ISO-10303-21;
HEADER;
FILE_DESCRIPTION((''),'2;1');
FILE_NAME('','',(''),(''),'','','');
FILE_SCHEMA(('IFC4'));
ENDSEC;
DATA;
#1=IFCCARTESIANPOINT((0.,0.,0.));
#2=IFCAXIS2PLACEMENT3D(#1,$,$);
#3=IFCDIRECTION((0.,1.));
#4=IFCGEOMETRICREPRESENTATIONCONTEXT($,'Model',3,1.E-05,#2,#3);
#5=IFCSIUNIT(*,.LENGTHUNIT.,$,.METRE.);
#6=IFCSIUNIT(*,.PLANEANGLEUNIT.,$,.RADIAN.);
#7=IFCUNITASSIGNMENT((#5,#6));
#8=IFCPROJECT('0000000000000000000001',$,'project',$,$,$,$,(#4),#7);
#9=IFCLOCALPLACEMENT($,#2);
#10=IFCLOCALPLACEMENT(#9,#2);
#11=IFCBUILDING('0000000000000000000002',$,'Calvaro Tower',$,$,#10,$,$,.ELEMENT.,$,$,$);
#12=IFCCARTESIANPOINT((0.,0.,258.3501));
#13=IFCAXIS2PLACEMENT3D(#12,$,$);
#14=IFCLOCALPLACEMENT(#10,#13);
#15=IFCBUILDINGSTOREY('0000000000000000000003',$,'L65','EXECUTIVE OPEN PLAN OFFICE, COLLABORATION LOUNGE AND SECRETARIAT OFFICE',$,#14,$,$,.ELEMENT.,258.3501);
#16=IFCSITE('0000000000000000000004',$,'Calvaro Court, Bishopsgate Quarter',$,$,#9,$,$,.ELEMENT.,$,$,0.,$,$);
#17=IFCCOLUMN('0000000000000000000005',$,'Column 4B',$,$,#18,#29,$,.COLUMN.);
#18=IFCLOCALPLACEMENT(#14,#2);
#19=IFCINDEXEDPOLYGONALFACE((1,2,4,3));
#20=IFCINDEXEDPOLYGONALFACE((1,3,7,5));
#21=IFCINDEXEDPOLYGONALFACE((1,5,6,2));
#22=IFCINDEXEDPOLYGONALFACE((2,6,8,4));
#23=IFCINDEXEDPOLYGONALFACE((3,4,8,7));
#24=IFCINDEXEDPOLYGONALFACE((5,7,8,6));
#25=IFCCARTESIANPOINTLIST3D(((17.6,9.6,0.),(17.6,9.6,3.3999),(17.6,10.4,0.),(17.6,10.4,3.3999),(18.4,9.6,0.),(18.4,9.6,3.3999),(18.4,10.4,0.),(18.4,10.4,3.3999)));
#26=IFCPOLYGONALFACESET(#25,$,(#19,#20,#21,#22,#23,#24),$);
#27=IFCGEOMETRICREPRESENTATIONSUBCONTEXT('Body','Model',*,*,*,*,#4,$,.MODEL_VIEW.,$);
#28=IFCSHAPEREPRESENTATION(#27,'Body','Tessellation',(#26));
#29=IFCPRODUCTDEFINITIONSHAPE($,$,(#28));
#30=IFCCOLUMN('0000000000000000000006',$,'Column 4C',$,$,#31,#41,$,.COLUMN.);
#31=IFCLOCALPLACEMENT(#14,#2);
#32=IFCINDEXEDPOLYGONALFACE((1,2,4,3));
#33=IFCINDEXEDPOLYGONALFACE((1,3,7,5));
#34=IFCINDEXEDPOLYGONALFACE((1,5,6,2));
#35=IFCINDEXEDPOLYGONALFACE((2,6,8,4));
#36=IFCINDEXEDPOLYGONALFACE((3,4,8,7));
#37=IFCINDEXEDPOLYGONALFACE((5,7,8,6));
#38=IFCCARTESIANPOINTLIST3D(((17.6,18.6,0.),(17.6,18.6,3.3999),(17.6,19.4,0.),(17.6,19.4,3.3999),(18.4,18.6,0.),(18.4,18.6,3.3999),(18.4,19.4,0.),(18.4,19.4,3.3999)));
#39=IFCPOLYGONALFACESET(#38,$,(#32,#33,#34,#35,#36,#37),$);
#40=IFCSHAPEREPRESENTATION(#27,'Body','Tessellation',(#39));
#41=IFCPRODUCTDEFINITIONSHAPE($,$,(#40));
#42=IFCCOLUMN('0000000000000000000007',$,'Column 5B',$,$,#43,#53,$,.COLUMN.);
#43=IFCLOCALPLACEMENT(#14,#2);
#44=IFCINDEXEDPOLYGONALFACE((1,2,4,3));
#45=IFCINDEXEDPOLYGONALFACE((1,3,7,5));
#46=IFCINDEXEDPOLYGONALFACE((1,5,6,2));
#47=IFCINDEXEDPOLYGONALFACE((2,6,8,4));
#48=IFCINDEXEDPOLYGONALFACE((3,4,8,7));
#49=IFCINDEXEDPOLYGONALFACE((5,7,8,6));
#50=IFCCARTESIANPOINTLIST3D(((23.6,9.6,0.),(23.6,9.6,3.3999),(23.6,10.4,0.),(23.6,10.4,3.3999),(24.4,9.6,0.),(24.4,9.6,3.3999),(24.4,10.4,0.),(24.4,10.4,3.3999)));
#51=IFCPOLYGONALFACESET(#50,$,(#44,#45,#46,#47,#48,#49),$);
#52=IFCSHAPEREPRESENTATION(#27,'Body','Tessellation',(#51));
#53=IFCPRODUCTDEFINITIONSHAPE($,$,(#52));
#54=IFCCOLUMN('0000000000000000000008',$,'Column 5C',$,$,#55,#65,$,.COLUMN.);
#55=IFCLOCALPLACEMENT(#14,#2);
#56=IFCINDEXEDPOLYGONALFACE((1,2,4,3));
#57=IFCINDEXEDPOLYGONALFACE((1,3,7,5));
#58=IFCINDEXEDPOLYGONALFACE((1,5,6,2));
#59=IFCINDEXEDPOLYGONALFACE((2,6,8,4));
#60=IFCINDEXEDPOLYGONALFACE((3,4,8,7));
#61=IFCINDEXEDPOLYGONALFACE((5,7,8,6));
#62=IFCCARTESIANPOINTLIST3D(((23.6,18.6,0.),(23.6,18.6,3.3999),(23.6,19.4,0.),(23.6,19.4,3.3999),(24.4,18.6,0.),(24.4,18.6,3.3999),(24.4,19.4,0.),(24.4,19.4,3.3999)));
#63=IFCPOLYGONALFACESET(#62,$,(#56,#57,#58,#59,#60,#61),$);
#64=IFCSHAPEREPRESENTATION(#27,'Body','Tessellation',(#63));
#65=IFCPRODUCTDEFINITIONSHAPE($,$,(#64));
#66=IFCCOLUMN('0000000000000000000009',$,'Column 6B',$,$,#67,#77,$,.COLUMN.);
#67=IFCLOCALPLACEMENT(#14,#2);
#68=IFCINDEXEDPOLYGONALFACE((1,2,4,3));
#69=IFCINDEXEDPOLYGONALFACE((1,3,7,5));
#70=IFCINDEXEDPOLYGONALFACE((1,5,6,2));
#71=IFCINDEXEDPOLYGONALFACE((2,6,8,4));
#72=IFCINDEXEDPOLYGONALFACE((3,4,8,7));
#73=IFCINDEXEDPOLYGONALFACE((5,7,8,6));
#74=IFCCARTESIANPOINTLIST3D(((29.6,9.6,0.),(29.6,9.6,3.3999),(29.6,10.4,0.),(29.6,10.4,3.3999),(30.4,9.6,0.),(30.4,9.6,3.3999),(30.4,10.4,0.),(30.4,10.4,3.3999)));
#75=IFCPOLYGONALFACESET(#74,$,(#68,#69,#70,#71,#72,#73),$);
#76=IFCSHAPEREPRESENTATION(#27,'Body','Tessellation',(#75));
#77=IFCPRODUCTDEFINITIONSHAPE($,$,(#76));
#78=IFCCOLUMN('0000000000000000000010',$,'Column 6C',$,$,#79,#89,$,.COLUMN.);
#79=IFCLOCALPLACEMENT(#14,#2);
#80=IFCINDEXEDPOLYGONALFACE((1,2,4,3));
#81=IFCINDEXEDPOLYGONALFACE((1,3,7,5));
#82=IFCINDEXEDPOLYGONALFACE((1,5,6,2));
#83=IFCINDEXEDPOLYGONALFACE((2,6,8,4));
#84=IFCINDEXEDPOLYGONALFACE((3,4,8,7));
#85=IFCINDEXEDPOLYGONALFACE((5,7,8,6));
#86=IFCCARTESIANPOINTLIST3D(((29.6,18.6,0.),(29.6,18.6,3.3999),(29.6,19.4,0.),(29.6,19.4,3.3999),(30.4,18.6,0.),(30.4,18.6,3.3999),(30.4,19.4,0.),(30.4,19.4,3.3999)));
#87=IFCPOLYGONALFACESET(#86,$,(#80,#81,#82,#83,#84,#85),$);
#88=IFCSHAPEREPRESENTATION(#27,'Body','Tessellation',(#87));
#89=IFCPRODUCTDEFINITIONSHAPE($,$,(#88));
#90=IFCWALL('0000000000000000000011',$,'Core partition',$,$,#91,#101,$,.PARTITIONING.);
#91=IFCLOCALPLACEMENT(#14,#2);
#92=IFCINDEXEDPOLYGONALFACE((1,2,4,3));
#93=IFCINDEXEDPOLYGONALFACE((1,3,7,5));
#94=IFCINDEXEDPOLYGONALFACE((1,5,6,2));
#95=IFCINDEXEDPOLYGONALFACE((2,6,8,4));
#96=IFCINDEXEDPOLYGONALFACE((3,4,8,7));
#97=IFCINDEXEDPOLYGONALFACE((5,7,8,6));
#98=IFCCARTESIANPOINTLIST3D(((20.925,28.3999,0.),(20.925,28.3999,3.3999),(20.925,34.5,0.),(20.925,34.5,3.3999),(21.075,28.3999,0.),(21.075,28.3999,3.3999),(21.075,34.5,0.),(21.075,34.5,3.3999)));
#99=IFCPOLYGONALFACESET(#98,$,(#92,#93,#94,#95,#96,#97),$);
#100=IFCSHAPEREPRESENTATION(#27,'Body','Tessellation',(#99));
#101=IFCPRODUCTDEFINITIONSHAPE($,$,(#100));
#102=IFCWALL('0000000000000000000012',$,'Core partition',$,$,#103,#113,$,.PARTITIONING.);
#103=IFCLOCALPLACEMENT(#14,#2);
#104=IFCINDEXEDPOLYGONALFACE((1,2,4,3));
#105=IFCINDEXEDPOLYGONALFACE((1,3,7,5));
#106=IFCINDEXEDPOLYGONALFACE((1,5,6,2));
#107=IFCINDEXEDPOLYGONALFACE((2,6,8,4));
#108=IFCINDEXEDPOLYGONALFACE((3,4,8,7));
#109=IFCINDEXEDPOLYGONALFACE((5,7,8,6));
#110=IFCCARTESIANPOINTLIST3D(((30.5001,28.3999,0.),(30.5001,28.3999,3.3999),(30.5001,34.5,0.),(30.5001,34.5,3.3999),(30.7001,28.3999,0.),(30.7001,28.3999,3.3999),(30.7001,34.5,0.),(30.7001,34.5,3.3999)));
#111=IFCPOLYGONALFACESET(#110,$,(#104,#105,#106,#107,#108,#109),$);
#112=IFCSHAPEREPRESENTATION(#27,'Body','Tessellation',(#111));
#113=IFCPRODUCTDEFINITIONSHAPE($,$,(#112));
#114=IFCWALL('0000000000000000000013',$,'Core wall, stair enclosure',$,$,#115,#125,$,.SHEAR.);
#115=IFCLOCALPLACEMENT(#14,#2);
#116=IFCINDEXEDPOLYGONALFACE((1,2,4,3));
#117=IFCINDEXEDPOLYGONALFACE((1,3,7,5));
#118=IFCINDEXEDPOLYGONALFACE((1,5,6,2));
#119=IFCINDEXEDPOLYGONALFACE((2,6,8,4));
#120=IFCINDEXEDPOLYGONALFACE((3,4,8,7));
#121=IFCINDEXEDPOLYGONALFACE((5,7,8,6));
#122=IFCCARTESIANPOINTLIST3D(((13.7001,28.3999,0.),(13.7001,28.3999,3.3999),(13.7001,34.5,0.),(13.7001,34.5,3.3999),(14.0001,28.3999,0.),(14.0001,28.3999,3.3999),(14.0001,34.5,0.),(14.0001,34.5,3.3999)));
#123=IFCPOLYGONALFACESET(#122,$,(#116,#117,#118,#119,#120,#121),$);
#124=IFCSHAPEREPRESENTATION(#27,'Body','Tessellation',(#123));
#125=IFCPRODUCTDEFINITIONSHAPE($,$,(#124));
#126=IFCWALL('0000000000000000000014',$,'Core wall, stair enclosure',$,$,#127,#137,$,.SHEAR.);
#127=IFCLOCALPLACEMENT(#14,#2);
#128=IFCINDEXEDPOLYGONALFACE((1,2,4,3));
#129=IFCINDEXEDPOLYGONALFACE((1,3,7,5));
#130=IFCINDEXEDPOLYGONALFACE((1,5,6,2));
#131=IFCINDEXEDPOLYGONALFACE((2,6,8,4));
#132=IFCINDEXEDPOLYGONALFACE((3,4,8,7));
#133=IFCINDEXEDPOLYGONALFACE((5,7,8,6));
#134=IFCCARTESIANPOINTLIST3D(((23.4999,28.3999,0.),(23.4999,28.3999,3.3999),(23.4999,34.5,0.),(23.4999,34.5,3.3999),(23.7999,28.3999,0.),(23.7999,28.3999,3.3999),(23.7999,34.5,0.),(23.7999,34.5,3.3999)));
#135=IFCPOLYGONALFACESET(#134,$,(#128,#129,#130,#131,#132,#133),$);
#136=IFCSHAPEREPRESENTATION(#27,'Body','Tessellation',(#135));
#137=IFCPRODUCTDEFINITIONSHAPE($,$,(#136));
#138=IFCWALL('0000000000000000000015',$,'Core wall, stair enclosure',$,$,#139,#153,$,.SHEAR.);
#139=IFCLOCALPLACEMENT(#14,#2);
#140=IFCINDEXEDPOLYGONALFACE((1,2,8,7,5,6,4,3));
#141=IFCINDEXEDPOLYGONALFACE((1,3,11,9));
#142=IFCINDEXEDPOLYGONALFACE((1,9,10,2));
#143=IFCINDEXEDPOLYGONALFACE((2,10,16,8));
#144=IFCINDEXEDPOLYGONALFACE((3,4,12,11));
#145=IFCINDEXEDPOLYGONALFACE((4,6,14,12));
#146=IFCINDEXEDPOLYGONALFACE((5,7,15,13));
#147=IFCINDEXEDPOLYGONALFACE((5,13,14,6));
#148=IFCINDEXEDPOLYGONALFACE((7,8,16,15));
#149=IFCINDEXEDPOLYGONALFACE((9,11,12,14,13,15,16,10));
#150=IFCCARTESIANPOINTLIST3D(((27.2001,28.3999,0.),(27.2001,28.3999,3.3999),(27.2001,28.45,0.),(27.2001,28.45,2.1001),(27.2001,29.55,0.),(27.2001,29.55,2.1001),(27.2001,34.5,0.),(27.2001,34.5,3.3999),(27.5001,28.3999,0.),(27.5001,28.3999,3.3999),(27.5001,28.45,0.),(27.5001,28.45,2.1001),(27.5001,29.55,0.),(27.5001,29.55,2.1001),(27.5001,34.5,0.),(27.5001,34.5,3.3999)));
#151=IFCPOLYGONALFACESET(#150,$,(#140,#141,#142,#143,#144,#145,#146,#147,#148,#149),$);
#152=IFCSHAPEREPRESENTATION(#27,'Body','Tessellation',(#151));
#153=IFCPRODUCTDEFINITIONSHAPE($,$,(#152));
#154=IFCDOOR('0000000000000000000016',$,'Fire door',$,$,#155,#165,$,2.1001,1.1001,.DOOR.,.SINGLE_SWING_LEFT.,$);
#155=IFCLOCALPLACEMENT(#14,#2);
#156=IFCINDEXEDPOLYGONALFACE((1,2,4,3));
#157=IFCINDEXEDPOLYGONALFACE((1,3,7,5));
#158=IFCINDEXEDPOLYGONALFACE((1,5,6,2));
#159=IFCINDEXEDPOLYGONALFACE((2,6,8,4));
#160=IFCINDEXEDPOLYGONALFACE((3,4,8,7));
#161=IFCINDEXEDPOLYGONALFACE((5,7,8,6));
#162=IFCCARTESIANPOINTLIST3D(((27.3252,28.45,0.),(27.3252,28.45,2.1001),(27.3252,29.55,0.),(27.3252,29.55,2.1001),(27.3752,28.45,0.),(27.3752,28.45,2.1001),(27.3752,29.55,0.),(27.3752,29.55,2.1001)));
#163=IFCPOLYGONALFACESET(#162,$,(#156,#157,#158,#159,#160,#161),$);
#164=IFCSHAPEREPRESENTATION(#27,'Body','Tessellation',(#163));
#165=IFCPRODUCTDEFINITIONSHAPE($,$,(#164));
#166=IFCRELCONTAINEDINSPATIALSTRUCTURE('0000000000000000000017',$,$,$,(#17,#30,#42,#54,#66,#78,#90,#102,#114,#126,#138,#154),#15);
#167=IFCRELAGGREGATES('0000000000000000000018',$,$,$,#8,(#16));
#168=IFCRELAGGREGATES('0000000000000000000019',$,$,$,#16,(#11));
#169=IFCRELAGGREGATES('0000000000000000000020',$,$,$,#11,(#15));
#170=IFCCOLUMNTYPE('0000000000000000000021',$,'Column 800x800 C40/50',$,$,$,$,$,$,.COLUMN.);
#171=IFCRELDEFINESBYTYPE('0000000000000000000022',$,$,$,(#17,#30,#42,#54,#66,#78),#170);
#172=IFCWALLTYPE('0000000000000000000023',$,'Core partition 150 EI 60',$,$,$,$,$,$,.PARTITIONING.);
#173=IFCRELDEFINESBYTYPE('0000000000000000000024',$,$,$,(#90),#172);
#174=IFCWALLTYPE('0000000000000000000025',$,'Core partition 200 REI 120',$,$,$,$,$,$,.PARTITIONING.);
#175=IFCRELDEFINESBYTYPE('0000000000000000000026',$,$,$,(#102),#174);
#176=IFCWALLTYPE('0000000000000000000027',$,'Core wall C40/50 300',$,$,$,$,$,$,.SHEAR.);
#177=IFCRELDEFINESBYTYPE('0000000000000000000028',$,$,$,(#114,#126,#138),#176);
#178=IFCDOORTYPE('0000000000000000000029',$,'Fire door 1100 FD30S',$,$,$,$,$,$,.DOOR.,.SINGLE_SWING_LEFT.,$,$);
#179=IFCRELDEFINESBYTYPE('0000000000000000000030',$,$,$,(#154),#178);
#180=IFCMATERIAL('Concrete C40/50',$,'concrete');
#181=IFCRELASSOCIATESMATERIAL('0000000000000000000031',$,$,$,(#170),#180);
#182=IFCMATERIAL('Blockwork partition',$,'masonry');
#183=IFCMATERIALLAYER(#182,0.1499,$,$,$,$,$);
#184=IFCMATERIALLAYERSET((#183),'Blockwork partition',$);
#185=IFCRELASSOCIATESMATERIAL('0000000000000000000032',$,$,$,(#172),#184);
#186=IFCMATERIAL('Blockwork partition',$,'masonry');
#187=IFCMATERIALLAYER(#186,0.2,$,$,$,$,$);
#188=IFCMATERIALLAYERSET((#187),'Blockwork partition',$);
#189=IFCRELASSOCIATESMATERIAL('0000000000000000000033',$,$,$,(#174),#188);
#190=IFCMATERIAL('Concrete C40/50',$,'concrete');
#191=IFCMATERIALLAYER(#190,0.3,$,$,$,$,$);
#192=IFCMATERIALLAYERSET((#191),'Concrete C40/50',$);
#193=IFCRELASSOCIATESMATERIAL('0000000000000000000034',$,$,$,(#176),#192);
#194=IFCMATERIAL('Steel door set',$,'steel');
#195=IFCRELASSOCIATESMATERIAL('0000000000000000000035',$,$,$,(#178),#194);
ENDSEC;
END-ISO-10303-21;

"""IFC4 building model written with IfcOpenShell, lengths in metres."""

from ifc_helpers import new_model, si_unit, direction, frame, frame_2d, origin, origin_2d, place, context, subcontext, project, spatial, rectangle, extrude, material, layer, layer_set, material_profile, profile_set, type_object, element, fill, save


model = new_model("IFC4")

# Units and contexts
model_context = context("Model", 3, precision=1e-05, world=origin(), true_north=direction((0.0, 1.0)))
body_context = subcontext(model_context, "Body", "Model", "MODEL_VIEW")
ifc_project = project(units=[si_unit("LENGTHUNIT", "METRE"), si_unit("PLANEANGLEUNIT", "RADIAN")], contexts=[model_context])

# Site, building, storey
site_placement = place(None, origin())
site = spatial("IfcSite", under=ifc_project, at=site_placement, Name="Calvaro Court, Bishopsgate Quarter", CompositionType="ELEMENT", RefElevation=0.0)
building_placement = place(site_placement, origin())
building = spatial("IfcBuilding", under=site, at=building_placement, Name="Calvaro Tower", CompositionType="ELEMENT")
storey_placement = place(building_placement, frame((0.0, 0.0, 258.3501)))
storey = spatial("IfcBuildingStorey", under=building, at=storey_placement, Name="L65", Description="EXECUTIVE OPEN PLAN OFFICE, COLLABORATION LOUNGE AND SECRETARIAT OFFICE", CompositionType="ELEMENT", Elevation=258.3501)

# Columns
ifc_material_1 = material(Name="Concrete C40/50", Category="concrete")
ifc_material_profile = material_profile(ifc_material_1, rectangle(XDim=0.8, YDim=0.8, at=origin_2d()), Name="RC 800x800")
ifc_profile_set = profile_set([ifc_material_profile], Name="Concrete C40/50")
column_type = type_object("IfcColumnType", Name="Column 800x800 C40/50", PredefinedType="COLUMN", material=ifc_profile_set)
for number, where, z_axis, x_axis, name in (
    (1, (18.0, 10.0, 0.0), (0.0, 0.0, 1.0), (1.0, 0.0, 0.0), "Column 4B"),
    (2, (18.0, 19.0, 0.0), (0.0, 0.0, 1.0), (1.0, 0.0, 0.0), "Column 4C"),
    (3, (24.0, 10.0, 0.0), (0.0, 0.0, 1.0), (1.0, 0.0, 0.0), "Column 5B"),
    (4, (24.0, 19.0, 0.0), (0.0, 0.0, 1.0), (1.0, 0.0, 0.0), "Column 5C"),
    (5, (30.0, 10.0, 0.0), (0.0, 0.0, 1.0), (1.0, 0.0, 0.0), "Column 6B"),
    (6, (30.0, 19.0, 0.0), (0.0, 0.0, 1.0), (1.0, 0.0, 0.0), "Column 6C"),
):
    element("IfcColumn", number, at=place(storey_placement, frame(where, z_axis=z_axis, x_axis=x_axis)), inside=storey, type_object=column_type, Name=name, PredefinedType="COLUMN", context=body_context, shape_type="SweptSolid", body=[
        extrude(rectangle(XDim=0.8, YDim=0.8, at=origin_2d()), origin(), (0.0, 0.0, 1.0), 3.3999),
    ])

# Walls
ifc_material_2 = material(Name="Blockwork partition", Category="masonry")
ifc_layer_1 = layer(ifc_material_2, 0.1499)
ifc_layer_set_1 = layer_set([ifc_layer_1], Name="Blockwork partition")
wall_type_1 = type_object("IfcWallType", Name="Core partition 150 EI 60", PredefinedType="PARTITIONING", material=ifc_layer_set_1)
wall_1_placement = place(storey_placement, frame((21.0, 28.3999, 0.0), z_axis=(0.0, 0.0, 1.0), x_axis=(0.0, 1.0, 0.0)))
element("IfcWall", 7, at=wall_1_placement, inside=storey, type_object=wall_type_1, Name="Core partition", PredefinedType="PARTITIONING", context=body_context, shape_type="SweptSolid", body=[
    extrude(rectangle(XDim=6.1001, YDim=0.1499, at=frame_2d((3.05, 0.0))), origin(), (0.0, 0.0, 1.0), 3.3999),
])
ifc_material_3 = material(Name="Blockwork partition", Category="masonry")
ifc_layer_2 = layer(ifc_material_3, 0.2)
ifc_layer_set_2 = layer_set([ifc_layer_2], Name="Blockwork partition")
wall_type_2 = type_object("IfcWallType", Name="Core partition 200 REI 120", PredefinedType="PARTITIONING", material=ifc_layer_set_2)
wall_2_placement = place(storey_placement, frame((30.6001, 28.3999, 0.0), z_axis=(0.0, 0.0, 1.0), x_axis=(0.0, 1.0, 0.0)))
element("IfcWall", 8, at=wall_2_placement, inside=storey, type_object=wall_type_2, Name="Core partition", PredefinedType="PARTITIONING", context=body_context, shape_type="SweptSolid", body=[
    extrude(rectangle(XDim=6.1001, YDim=0.2, at=frame_2d((3.05, 0.0))), origin(), (0.0, 0.0, 1.0), 3.3999),
])
ifc_material_4 = material(Name="Concrete C40/50", Category="concrete")
ifc_layer_3 = layer(ifc_material_4, 0.3)
ifc_layer_set_3 = layer_set([ifc_layer_3], Name="Concrete C40/50")
wall_type_3 = type_object("IfcWallType", Name="Core wall C40/50 300", PredefinedType="SHEAR", material=ifc_layer_set_3)
for number, where, z_axis, x_axis, name in (
    (9, (13.8501, 28.3999, 0.0), (0.0, 0.0, 1.0), (0.0, 1.0, 0.0), "Core wall, stair enclosure"),
    (10, (23.6499, 28.3999, 0.0), (0.0, 0.0, 1.0), (0.0, 1.0, 0.0), "Core wall, stair enclosure"),
):
    element("IfcWall", number, at=place(storey_placement, frame(where, z_axis=z_axis, x_axis=x_axis)), inside=storey, type_object=wall_type_3, Name=name, PredefinedType="SHEAR", context=body_context, shape_type="SweptSolid", body=[
        extrude(rectangle(XDim=6.1001, YDim=0.3, at=frame_2d((3.05, 0.0))), origin(), (0.0, 0.0, 1.0), 3.3999),
    ])

# Wall, opening, door
wall_3_placement = place(storey_placement, frame((27.3501, 28.3999, 0.0), z_axis=(0.0, 0.0, 1.0), x_axis=(0.0, 1.0, 0.0)))
wall_3 = element("IfcWall", 11, at=wall_3_placement, inside=storey, type_object=wall_type_3, Name="Core wall, stair enclosure", PredefinedType="SHEAR", context=body_context, shape_type="SweptSolid", body=[
    extrude(rectangle(XDim=6.1001, YDim=0.3, at=frame_2d((3.05, 0.0))), origin(), (0.0, 0.0, 1.0), 3.3999),
])
opening_1_placement = place(wall_3_placement, frame((0.05, 0.0, 0.0)))
opening_1 = element("IfcOpeningElement", 12, at=opening_1_placement, cuts=wall_3, PredefinedType="OPENING", context=body_context, shape_type="SweptSolid", body=[
    extrude(rectangle(XDim=1.1001, YDim=2.1001, at=frame_2d((0.55, 1.05))), frame((0.0, 0.1599, 0.0), z_axis=(0.0, -1.0, 0.0), x_axis=(1.0, 0.0, 0.0)), (0.0, 0.0, 1.0), 0.3201),
])
ifc_material_5 = material(Name="Steel door set", Category="steel")
door_type_1 = type_object("IfcDoorType", Name="Fire door 1100 FD30S", OperationType="SINGLE_SWING_LEFT", PredefinedType="DOOR", material=ifc_material_5)
door_1_placement = place(opening_1_placement, origin())
door_1 = element("IfcDoor", 13, at=door_1_placement, inside=storey, type_object=door_type_1, Name="Fire door", OperationType="SINGLE_SWING_LEFT", OverallHeight=2.1001, OverallWidth=1.1001, PredefinedType="DOOR", context=body_context, shape_type="SweptSolid", body=[
    extrude(rectangle(XDim=1.1001, YDim=2.1001, at=frame_2d((0.55, 1.05))), frame((0.0, 0.0249, 0.0), z_axis=(0.0, -1.0, 0.0), x_axis=(1.0, 0.0, 0.0)), (0.0, 0.0, 1.0), 0.05),
])
fill(opening_1, door_1)

save(model, "model.ifc")
